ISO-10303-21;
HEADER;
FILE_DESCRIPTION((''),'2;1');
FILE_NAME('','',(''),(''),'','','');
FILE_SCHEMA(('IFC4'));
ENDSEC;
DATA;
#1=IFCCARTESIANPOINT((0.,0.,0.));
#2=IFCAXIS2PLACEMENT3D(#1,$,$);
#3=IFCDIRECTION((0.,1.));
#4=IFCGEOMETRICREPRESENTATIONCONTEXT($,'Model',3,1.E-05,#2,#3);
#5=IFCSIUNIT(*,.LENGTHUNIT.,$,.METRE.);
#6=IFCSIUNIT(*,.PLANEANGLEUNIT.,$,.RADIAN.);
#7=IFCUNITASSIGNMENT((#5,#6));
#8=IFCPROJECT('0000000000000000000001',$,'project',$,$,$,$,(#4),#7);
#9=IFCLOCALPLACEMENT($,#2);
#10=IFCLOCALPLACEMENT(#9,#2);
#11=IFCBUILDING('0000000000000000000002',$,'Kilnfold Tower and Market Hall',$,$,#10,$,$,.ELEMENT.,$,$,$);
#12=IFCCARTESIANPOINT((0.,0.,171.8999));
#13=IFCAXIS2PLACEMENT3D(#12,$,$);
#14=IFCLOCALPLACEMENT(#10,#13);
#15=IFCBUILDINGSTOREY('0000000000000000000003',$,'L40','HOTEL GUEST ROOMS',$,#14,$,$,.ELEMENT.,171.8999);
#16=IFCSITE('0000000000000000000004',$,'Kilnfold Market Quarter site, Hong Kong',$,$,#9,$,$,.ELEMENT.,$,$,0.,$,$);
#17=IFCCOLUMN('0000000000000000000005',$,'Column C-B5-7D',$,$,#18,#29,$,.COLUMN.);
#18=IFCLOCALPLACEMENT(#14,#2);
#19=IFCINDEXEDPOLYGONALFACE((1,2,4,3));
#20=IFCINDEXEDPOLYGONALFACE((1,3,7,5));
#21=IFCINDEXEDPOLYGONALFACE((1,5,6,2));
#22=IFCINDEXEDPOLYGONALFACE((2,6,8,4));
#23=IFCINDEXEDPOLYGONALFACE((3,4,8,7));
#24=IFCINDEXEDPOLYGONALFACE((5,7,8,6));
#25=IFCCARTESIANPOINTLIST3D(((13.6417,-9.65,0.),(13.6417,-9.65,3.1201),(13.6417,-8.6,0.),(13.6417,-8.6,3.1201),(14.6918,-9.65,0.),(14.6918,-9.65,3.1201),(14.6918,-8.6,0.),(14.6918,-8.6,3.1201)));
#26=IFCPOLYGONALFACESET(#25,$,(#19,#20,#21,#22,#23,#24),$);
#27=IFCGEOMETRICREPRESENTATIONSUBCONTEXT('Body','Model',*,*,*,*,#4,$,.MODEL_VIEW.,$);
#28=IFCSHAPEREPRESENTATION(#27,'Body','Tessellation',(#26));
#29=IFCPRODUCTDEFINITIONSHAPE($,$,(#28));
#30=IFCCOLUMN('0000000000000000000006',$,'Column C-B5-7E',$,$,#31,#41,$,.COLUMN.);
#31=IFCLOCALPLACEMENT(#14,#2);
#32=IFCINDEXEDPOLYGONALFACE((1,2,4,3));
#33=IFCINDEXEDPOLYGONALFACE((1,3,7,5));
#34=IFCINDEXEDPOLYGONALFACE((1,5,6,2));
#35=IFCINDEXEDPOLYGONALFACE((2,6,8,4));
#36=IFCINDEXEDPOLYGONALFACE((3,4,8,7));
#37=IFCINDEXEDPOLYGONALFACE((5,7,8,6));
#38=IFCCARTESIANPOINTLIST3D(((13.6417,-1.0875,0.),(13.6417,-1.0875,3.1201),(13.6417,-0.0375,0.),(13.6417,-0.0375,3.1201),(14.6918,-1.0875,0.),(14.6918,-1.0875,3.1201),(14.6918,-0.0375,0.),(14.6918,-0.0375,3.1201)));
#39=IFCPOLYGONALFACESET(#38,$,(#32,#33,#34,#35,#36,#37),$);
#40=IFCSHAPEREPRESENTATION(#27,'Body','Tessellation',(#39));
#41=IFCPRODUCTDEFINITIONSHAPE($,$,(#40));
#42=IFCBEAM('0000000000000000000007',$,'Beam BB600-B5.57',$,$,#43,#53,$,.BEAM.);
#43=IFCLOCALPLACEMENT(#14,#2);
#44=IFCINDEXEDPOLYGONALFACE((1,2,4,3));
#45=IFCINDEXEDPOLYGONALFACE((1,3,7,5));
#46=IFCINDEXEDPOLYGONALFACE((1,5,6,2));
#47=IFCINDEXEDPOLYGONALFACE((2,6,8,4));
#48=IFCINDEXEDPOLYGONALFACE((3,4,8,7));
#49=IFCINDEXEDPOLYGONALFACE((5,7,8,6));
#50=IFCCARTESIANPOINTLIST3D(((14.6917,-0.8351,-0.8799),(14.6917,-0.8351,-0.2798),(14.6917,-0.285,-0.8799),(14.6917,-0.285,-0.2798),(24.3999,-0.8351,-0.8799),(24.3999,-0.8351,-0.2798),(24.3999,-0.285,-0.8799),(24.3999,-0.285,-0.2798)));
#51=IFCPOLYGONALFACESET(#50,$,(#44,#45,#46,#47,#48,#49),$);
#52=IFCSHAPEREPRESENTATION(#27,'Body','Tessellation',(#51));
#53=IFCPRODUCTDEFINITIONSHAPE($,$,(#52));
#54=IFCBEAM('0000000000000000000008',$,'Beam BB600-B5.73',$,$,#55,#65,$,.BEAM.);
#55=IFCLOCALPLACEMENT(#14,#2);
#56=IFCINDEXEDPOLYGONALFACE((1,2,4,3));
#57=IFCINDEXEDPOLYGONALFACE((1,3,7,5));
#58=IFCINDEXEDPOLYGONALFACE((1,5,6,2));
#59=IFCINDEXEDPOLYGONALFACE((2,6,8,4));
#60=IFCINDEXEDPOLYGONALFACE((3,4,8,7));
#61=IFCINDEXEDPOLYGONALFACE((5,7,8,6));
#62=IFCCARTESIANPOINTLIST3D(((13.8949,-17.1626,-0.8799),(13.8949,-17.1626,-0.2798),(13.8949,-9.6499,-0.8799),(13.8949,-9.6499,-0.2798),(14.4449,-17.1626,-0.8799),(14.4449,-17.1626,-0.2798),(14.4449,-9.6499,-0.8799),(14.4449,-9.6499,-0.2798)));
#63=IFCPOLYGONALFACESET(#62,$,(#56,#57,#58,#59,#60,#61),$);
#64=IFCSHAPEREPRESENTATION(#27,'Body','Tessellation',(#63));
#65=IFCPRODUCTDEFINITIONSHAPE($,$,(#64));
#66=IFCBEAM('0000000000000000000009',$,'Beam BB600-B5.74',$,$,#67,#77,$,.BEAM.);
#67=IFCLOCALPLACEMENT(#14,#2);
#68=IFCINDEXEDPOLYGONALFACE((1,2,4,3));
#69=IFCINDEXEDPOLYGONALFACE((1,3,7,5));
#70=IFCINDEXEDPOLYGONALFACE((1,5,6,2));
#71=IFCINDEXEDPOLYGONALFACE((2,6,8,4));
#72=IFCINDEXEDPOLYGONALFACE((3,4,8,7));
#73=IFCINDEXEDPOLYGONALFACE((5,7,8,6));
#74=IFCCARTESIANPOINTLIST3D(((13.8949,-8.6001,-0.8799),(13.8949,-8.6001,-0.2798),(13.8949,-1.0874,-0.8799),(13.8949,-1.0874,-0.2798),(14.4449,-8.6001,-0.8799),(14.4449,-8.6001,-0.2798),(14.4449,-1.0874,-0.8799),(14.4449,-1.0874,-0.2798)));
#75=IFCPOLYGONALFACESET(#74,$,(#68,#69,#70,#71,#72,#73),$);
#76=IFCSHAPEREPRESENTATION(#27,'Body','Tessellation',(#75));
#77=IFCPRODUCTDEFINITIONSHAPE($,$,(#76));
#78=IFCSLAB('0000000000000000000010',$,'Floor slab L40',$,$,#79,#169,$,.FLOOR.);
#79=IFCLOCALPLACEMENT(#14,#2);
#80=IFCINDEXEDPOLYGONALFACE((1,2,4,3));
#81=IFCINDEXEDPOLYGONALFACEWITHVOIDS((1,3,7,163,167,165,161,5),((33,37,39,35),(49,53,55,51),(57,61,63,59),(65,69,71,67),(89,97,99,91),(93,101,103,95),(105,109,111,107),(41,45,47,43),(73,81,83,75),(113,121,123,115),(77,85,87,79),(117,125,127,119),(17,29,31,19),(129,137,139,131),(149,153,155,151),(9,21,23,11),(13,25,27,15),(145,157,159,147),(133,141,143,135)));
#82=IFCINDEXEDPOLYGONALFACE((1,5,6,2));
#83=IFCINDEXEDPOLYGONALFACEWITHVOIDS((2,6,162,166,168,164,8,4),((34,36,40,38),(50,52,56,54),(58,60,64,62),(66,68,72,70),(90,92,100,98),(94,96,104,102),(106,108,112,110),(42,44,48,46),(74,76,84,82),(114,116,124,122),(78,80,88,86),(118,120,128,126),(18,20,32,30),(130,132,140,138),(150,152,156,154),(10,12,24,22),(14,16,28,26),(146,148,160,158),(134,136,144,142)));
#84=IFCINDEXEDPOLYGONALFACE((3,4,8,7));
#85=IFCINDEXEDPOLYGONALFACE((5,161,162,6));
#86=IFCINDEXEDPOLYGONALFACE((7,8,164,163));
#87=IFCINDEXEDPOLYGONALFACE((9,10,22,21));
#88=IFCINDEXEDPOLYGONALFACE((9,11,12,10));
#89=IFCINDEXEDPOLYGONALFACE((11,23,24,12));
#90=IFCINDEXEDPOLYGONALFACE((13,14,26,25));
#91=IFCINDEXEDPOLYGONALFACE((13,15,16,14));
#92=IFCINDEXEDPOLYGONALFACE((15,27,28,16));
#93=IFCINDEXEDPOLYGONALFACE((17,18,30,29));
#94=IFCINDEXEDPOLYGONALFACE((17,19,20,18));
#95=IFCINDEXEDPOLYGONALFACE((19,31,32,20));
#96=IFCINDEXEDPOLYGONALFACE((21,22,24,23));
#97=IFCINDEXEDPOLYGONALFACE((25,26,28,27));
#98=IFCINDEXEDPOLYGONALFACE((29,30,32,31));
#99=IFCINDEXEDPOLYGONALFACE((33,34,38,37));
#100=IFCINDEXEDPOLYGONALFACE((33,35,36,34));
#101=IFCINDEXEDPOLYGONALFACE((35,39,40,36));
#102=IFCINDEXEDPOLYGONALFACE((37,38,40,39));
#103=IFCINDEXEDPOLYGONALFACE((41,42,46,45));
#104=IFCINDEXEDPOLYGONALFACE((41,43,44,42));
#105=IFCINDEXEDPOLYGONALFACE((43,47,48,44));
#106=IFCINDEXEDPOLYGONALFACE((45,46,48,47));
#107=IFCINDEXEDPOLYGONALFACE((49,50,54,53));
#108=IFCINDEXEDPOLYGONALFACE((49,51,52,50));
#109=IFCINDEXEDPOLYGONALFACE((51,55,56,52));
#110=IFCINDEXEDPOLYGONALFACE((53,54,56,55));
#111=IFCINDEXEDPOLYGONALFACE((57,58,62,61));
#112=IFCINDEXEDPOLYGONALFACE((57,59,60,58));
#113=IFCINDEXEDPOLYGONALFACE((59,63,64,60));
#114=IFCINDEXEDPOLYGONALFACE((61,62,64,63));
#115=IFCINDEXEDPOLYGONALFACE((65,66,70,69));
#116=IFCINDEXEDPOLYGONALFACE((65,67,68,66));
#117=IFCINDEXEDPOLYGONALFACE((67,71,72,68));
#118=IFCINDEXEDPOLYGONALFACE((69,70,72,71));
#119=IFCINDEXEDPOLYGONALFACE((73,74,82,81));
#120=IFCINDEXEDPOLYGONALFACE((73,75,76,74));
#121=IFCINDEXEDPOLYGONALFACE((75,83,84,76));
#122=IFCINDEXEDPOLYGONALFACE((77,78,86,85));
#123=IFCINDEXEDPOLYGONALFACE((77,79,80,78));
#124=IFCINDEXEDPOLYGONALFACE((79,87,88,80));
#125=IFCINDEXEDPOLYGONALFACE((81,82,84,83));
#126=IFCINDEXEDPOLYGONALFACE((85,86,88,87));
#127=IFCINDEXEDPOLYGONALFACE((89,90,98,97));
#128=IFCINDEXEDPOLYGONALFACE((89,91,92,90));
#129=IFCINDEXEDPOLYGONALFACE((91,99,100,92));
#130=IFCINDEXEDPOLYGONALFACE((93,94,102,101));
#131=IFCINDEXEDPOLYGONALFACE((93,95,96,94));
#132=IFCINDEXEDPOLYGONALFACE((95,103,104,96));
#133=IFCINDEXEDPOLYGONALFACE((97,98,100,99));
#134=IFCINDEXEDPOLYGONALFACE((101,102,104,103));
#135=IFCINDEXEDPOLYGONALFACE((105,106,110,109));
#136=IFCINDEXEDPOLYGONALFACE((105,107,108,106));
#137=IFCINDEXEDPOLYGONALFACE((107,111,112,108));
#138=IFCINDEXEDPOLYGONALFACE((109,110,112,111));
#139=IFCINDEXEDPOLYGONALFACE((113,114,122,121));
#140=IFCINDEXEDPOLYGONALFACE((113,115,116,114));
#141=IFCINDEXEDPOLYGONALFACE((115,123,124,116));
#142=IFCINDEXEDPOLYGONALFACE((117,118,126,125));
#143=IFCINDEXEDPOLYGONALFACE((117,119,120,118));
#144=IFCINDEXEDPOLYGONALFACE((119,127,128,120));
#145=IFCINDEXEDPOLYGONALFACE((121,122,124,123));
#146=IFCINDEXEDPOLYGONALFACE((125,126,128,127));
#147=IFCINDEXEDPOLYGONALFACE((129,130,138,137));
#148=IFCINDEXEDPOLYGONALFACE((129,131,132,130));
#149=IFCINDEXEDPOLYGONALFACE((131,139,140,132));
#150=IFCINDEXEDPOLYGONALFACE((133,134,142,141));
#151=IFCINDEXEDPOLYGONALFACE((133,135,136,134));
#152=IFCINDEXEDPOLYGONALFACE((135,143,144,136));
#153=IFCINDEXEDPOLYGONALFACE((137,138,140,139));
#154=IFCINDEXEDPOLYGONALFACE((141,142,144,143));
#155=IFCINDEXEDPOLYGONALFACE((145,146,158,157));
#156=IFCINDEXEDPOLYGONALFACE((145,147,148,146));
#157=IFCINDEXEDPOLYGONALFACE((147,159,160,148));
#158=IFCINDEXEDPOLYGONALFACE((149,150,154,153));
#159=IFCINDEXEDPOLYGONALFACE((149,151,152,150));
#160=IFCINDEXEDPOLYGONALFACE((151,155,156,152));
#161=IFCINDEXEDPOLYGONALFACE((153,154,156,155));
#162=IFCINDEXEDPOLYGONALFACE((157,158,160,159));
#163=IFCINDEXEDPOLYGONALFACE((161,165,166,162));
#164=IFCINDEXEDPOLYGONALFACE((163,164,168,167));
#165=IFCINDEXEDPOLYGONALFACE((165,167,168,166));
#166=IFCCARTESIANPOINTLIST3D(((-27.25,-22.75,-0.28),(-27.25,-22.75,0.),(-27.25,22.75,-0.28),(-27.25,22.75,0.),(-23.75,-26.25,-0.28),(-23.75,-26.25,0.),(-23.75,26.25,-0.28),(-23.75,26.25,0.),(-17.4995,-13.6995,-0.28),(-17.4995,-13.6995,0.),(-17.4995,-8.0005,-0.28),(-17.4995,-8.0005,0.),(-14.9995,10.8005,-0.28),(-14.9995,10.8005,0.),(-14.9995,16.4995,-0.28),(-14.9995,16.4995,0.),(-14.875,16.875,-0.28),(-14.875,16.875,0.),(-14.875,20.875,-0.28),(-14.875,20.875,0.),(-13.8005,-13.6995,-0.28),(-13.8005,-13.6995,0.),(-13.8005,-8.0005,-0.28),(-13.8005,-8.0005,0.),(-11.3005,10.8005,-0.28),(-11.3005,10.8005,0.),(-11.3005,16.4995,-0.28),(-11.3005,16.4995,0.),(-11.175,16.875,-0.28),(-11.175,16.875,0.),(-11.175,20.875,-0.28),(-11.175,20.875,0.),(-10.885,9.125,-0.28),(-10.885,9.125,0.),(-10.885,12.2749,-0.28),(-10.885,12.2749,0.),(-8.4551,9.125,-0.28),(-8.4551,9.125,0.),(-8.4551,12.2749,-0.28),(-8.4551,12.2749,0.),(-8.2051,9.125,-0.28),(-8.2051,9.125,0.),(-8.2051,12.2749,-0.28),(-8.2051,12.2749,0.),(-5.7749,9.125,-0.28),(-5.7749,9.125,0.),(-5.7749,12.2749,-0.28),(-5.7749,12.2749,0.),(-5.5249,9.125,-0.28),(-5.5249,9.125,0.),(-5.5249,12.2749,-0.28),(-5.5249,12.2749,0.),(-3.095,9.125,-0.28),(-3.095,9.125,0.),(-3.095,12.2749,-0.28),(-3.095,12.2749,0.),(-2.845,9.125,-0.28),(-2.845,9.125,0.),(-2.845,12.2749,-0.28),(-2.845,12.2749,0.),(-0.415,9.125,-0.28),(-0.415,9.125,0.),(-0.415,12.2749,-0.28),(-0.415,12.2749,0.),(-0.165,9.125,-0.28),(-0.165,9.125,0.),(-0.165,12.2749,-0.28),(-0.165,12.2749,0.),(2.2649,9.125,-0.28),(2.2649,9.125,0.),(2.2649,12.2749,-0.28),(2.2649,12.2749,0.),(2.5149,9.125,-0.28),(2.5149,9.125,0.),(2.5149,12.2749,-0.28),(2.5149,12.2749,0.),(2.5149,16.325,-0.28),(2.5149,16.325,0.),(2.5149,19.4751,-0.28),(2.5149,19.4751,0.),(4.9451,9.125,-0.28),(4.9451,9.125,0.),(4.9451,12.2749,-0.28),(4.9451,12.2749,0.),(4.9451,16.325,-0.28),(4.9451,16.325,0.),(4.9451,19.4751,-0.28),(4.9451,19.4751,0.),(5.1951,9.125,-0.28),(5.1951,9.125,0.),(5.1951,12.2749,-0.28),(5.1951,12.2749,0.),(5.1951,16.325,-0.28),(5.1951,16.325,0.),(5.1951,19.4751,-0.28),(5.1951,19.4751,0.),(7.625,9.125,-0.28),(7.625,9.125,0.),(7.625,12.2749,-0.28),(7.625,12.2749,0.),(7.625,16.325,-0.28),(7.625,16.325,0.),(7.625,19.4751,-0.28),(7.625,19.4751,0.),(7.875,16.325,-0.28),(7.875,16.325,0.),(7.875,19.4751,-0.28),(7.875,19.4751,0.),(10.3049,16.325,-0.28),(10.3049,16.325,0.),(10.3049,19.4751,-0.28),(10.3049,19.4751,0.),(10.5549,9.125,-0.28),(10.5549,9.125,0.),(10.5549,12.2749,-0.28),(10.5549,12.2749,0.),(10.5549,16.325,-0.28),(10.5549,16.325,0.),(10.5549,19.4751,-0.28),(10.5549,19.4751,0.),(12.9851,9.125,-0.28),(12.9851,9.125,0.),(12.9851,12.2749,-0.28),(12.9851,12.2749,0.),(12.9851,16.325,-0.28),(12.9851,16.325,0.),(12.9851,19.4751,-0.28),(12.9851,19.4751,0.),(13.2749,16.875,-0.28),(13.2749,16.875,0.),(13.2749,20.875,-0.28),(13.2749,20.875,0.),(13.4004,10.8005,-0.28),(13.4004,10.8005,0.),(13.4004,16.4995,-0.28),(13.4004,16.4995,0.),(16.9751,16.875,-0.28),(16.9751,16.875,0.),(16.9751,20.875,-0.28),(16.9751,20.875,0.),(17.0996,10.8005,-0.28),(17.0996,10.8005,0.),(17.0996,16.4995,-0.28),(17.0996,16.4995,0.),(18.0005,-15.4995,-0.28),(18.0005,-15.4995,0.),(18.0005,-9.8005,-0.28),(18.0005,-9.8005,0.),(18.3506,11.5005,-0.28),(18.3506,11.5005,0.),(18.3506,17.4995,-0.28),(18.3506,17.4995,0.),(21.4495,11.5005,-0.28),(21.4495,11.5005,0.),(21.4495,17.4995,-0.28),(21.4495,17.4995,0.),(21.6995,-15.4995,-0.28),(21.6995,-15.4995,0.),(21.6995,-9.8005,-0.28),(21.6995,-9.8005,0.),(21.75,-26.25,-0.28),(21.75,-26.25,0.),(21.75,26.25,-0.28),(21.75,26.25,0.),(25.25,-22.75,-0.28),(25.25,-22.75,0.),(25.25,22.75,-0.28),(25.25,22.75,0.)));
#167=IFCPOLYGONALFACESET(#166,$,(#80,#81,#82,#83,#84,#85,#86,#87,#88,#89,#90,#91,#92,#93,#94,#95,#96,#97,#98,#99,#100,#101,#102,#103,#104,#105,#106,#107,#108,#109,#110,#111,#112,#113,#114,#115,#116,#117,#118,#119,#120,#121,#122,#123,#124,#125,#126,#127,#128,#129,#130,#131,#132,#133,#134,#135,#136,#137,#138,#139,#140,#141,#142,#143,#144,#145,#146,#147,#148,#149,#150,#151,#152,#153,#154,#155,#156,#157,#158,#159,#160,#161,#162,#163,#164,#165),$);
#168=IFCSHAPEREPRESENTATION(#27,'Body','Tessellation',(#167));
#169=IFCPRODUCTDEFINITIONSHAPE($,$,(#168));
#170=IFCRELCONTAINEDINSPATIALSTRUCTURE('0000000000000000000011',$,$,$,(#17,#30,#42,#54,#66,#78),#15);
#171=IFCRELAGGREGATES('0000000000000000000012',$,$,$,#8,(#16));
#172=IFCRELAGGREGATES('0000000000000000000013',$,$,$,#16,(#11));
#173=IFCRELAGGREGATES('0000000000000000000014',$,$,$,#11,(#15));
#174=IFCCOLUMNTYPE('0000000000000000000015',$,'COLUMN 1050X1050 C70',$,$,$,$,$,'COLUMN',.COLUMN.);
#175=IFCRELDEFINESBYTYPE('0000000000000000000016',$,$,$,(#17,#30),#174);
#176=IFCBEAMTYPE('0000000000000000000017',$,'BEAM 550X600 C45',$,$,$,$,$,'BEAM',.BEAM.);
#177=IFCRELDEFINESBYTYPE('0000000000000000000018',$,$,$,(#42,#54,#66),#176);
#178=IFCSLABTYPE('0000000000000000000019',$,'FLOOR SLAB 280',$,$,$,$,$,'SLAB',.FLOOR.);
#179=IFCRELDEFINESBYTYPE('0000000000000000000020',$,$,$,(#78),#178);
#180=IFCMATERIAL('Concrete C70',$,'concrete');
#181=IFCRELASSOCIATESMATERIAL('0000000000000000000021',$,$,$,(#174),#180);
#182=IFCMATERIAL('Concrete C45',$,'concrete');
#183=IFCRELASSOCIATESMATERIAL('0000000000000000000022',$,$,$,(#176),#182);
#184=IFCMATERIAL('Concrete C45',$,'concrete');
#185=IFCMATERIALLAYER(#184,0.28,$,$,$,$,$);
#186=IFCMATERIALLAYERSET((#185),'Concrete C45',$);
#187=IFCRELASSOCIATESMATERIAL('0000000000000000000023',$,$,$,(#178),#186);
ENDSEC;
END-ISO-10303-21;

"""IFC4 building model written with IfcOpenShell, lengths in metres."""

from ifc_helpers import new_model, si_unit, direction, frame, origin, origin_2d, place, context, subcontext, project, spatial, polyline, rectangle, outline, extrude, source, transform, mapped, material, layer, layer_set, material_profile, profile_set, type_object, element, save


model = new_model("IFC4")

# Units and contexts
model_context = context("Model", 3, precision=1e-05, world=origin(), true_north=direction((0.0, 1.0)))
body_context = subcontext(model_context, "Body", "Model", "MODEL_VIEW")
ifc_project = project(units=[si_unit("LENGTHUNIT", "METRE"), si_unit("PLANEANGLEUNIT", "RADIAN")], contexts=[model_context])

# Site, building, storey
site_placement = place(None, origin())
site = spatial("IfcSite", under=ifc_project, at=site_placement, Name="Kilnfold Market Quarter site, Hong Kong", CompositionType="ELEMENT", RefElevation=0.0)
building_placement = place(site_placement, origin())
building = spatial("IfcBuilding", under=site, at=building_placement, Name="Kilnfold Tower and Market Hall", CompositionType="ELEMENT")
storey_placement = place(building_placement, frame((0.0, 0.0, 171.8999)))
storey = spatial("IfcBuildingStorey", under=building, at=storey_placement, Name="L40", Description="HOTEL GUEST ROOMS", CompositionType="ELEMENT", Elevation=171.8999)

# Columns
ifc_material_1 = material(Name="Concrete C70", Category="concrete")
ifc_material_profile_1 = material_profile(ifc_material_1, rectangle(XDim=1.05, YDim=1.05, at=origin_2d()), Name="RC 1050x1050")
ifc_profile_set_1 = profile_set([ifc_material_profile_1], Name="Concrete C70")
column_type = type_object("IfcColumnType", Name="COLUMN 1050X1050 C70", ElementType="COLUMN", PredefinedType="COLUMN", material=ifc_profile_set_1)
shared_shape_1 = source(origin(), body_context, "Body", "SweptSolid", [
    extrude(rectangle(XDim=1.05, YDim=1.05, at=origin_2d()), origin(), (0.0, 0.0, 1.0), 3.1201),
])
for number, where, z_axis, x_axis, name in (
    (1, (14.1667, -9.125, 0.0), (0.0, 0.0, 1.0), (1.0, 0.0, 0.0), "Column C-B5-7D"),
    (2, (14.1667, -0.5625, 0.0), (0.0, 0.0, 1.0), (1.0, 0.0, 0.0), "Column C-B5-7E"),
):
    element("IfcColumn", number, at=place(storey_placement, frame(where, z_axis=z_axis, x_axis=x_axis)), inside=storey, type_object=column_type, Name=name, PredefinedType="COLUMN", context=body_context, shape_type="MappedRepresentation", body=[
        mapped(shared_shape_1, transform((0.0, 0.0, 0.0))),
    ])

# Beams
ifc_material_2 = material(Name="Concrete C45", Category="concrete")
ifc_material_profile_2 = material_profile(ifc_material_2, rectangle(XDim=0.55, YDim=0.6001, at=origin_2d()), Name="RC 550x600")
ifc_profile_set_2 = profile_set([ifc_material_profile_2], Name="Concrete C45")
beam_type = type_object("IfcBeamType", Name="BEAM 550X600 C45", ElementType="BEAM", PredefinedType="BEAM", material=ifc_profile_set_2)
shared_shape_2 = source(origin(), body_context, "Body", "SweptSolid", [
    extrude(rectangle(XDim=0.55, YDim=0.6001, at=origin_2d()), origin(), (0.0, 0.0, 1.0), 9.7083),
])
beam_placement = place(storey_placement, frame((14.6917, -0.5601, -0.5798), z_axis=(1.0, 0.0, 0.0), x_axis=(0.0, 1.0, 0.0)))
element("IfcBeam", 3, at=beam_placement, inside=storey, type_object=beam_type, Name="Beam BB600-B5.57", PredefinedType="BEAM", context=body_context, shape_type="MappedRepresentation", body=[
    mapped(shared_shape_2, transform((0.0, 0.0, 0.0))),
])
shared_shape_3 = source(origin(), body_context, "Body", "SweptSolid", [
    extrude(rectangle(XDim=0.55, YDim=0.6001, at=origin_2d()), origin(), (0.0, 0.0, 1.0), 7.5127),
])
for number, where, z_axis, x_axis, name in (
    (4, (14.1699, -17.1626, -0.5798), (0.0, 1.0, 0.0), (-1.0, 0.0, 0.0), "Beam BB600-B5.73"),
    (5, (14.1699, -8.6001, -0.5798), (0.0, 1.0, 0.0), (-1.0, 0.0, 0.0), "Beam BB600-B5.74"),
):
    element("IfcBeam", number, at=place(storey_placement, frame(where, z_axis=z_axis, x_axis=x_axis)), inside=storey, type_object=beam_type, Name=name, PredefinedType="BEAM", context=body_context, shape_type="MappedRepresentation", body=[
        mapped(shared_shape_3, transform((0.0, 0.0, 0.0))),
    ])

# Slab
ifc_material_3 = material(Name="Concrete C45", Category="concrete")
ifc_layer_1 = layer(ifc_material_3, 0.28)
ifc_layer_set_1 = layer_set([ifc_layer_1], Name="Concrete C45")
slab_type_1 = type_object("IfcSlabType", Name="FLOOR SLAB 280", ElementType="SLAB", PredefinedType="FLOOR", material=ifc_layer_set_1)
shared_shape_4 = source(origin(), body_context, "Body", "SweptSolid", [
    extrude(outline(polyline([(-23.75, -26.25), (21.75, -26.25), (25.25, -22.75), (25.25, 22.75), (21.75, 26.25), (-23.75, 26.25), (-27.25, 22.75), (-27.25, -22.75), (-23.75, -26.25)]), holes=[polyline([(-13.8005, -13.6995), (-17.4995, -13.6995), (-17.4995, -8.0005), (-13.8005, -8.0005), (-13.8005, -13.6995)]), polyline([(-14.9995, 10.8005), (-14.9995, 16.4995), (-11.3005, 16.4995), (-11.3005, 10.8005), (-14.9995, 10.8005)]), polyline([(-11.175, 16.875), (-14.875, 16.875), (-14.875, 20.875), (-11.175, 20.875), (-11.175, 16.875)]), polyline([(-8.4551, 9.125), (-10.885, 9.125), (-10.885, 12.2749), (-8.4551, 12.2749), (-8.4551, 9.125)]), polyline([(-5.7749, 9.125), (-8.2051, 9.125), (-8.2051, 12.2749), (-5.7749, 12.2749), (-5.7749, 9.125)]), polyline([(-3.095, 9.125), (-5.5249, 9.125), (-5.5249, 12.2749), (-3.095, 12.2749), (-3.095, 9.125)]), polyline([(-0.415, 9.125), (-2.845, 9.125), (-2.845, 12.2749), (-0.415, 12.2749), (-0.415, 9.125)]), polyline([(2.2649, 9.125), (-0.165, 9.125), (-0.165, 12.2749), (2.2649, 12.2749), (2.2649, 9.125)]), polyline([(4.9451, 9.125), (2.5149, 9.125), (2.5149, 12.2749), (4.9451, 12.2749), (4.9451, 9.125)]), polyline([(2.5149, 16.325), (2.5149, 19.4751), (4.9451, 19.4751), (4.9451, 16.325), (2.5149, 16.325)]), polyline([(7.625, 9.125), (5.1951, 9.125), (5.1951, 12.2749), (7.625, 12.2749), (7.625, 9.125)]), polyline([(7.625, 16.325), (5.1951, 16.325), (5.1951, 19.4751), (7.625, 19.4751), (7.625, 16.325)]), polyline([(10.3049, 16.325), (7.875, 16.325), (7.875, 19.4751), (10.3049, 19.4751), (10.3049, 16.325)]), polyline([(10.5549, 9.125), (10.5549, 12.2749), (12.9851, 12.2749), (12.9851, 9.125), (10.5549, 9.125)]), polyline([(10.5549, 16.325), (10.5549, 19.4751), (12.9851, 19.4751), (12.9851, 16.325), (10.5549, 16.325)]), polyline([(13.2749, 16.875), (13.2749, 20.875), (16.9751, 20.875), (16.9751, 16.875), (13.2749, 16.875)]), polyline([(13.4004, 10.8005), (13.4004, 16.4995), (17.0996, 16.4995), (17.0996, 10.8005), (13.4004, 10.8005)]), polyline([(18.0005, -9.8005), (21.6995, -9.8005), (21.6995, -15.4995), (18.0005, -15.4995), (18.0005, -9.8005)]), polyline([(21.4495, 11.5005), (18.3506, 11.5005), (18.3506, 17.4995), (21.4495, 17.4995), (21.4495, 11.5005)])]), origin(), (0.0, 0.0, 1.0), 0.28),
])
slab_1_placement = place(storey_placement, frame((0.0, 0.0, -0.28)))
element("IfcSlab", 6, at=slab_1_placement, inside=storey, type_object=slab_type_1, Name="Floor slab L40", PredefinedType="FLOOR", context=body_context, shape_type="MappedRepresentation", body=[
    mapped(shared_shape_4, transform((0.0, 0.0, 0.0))),
])

save(model, "model.ifc")
